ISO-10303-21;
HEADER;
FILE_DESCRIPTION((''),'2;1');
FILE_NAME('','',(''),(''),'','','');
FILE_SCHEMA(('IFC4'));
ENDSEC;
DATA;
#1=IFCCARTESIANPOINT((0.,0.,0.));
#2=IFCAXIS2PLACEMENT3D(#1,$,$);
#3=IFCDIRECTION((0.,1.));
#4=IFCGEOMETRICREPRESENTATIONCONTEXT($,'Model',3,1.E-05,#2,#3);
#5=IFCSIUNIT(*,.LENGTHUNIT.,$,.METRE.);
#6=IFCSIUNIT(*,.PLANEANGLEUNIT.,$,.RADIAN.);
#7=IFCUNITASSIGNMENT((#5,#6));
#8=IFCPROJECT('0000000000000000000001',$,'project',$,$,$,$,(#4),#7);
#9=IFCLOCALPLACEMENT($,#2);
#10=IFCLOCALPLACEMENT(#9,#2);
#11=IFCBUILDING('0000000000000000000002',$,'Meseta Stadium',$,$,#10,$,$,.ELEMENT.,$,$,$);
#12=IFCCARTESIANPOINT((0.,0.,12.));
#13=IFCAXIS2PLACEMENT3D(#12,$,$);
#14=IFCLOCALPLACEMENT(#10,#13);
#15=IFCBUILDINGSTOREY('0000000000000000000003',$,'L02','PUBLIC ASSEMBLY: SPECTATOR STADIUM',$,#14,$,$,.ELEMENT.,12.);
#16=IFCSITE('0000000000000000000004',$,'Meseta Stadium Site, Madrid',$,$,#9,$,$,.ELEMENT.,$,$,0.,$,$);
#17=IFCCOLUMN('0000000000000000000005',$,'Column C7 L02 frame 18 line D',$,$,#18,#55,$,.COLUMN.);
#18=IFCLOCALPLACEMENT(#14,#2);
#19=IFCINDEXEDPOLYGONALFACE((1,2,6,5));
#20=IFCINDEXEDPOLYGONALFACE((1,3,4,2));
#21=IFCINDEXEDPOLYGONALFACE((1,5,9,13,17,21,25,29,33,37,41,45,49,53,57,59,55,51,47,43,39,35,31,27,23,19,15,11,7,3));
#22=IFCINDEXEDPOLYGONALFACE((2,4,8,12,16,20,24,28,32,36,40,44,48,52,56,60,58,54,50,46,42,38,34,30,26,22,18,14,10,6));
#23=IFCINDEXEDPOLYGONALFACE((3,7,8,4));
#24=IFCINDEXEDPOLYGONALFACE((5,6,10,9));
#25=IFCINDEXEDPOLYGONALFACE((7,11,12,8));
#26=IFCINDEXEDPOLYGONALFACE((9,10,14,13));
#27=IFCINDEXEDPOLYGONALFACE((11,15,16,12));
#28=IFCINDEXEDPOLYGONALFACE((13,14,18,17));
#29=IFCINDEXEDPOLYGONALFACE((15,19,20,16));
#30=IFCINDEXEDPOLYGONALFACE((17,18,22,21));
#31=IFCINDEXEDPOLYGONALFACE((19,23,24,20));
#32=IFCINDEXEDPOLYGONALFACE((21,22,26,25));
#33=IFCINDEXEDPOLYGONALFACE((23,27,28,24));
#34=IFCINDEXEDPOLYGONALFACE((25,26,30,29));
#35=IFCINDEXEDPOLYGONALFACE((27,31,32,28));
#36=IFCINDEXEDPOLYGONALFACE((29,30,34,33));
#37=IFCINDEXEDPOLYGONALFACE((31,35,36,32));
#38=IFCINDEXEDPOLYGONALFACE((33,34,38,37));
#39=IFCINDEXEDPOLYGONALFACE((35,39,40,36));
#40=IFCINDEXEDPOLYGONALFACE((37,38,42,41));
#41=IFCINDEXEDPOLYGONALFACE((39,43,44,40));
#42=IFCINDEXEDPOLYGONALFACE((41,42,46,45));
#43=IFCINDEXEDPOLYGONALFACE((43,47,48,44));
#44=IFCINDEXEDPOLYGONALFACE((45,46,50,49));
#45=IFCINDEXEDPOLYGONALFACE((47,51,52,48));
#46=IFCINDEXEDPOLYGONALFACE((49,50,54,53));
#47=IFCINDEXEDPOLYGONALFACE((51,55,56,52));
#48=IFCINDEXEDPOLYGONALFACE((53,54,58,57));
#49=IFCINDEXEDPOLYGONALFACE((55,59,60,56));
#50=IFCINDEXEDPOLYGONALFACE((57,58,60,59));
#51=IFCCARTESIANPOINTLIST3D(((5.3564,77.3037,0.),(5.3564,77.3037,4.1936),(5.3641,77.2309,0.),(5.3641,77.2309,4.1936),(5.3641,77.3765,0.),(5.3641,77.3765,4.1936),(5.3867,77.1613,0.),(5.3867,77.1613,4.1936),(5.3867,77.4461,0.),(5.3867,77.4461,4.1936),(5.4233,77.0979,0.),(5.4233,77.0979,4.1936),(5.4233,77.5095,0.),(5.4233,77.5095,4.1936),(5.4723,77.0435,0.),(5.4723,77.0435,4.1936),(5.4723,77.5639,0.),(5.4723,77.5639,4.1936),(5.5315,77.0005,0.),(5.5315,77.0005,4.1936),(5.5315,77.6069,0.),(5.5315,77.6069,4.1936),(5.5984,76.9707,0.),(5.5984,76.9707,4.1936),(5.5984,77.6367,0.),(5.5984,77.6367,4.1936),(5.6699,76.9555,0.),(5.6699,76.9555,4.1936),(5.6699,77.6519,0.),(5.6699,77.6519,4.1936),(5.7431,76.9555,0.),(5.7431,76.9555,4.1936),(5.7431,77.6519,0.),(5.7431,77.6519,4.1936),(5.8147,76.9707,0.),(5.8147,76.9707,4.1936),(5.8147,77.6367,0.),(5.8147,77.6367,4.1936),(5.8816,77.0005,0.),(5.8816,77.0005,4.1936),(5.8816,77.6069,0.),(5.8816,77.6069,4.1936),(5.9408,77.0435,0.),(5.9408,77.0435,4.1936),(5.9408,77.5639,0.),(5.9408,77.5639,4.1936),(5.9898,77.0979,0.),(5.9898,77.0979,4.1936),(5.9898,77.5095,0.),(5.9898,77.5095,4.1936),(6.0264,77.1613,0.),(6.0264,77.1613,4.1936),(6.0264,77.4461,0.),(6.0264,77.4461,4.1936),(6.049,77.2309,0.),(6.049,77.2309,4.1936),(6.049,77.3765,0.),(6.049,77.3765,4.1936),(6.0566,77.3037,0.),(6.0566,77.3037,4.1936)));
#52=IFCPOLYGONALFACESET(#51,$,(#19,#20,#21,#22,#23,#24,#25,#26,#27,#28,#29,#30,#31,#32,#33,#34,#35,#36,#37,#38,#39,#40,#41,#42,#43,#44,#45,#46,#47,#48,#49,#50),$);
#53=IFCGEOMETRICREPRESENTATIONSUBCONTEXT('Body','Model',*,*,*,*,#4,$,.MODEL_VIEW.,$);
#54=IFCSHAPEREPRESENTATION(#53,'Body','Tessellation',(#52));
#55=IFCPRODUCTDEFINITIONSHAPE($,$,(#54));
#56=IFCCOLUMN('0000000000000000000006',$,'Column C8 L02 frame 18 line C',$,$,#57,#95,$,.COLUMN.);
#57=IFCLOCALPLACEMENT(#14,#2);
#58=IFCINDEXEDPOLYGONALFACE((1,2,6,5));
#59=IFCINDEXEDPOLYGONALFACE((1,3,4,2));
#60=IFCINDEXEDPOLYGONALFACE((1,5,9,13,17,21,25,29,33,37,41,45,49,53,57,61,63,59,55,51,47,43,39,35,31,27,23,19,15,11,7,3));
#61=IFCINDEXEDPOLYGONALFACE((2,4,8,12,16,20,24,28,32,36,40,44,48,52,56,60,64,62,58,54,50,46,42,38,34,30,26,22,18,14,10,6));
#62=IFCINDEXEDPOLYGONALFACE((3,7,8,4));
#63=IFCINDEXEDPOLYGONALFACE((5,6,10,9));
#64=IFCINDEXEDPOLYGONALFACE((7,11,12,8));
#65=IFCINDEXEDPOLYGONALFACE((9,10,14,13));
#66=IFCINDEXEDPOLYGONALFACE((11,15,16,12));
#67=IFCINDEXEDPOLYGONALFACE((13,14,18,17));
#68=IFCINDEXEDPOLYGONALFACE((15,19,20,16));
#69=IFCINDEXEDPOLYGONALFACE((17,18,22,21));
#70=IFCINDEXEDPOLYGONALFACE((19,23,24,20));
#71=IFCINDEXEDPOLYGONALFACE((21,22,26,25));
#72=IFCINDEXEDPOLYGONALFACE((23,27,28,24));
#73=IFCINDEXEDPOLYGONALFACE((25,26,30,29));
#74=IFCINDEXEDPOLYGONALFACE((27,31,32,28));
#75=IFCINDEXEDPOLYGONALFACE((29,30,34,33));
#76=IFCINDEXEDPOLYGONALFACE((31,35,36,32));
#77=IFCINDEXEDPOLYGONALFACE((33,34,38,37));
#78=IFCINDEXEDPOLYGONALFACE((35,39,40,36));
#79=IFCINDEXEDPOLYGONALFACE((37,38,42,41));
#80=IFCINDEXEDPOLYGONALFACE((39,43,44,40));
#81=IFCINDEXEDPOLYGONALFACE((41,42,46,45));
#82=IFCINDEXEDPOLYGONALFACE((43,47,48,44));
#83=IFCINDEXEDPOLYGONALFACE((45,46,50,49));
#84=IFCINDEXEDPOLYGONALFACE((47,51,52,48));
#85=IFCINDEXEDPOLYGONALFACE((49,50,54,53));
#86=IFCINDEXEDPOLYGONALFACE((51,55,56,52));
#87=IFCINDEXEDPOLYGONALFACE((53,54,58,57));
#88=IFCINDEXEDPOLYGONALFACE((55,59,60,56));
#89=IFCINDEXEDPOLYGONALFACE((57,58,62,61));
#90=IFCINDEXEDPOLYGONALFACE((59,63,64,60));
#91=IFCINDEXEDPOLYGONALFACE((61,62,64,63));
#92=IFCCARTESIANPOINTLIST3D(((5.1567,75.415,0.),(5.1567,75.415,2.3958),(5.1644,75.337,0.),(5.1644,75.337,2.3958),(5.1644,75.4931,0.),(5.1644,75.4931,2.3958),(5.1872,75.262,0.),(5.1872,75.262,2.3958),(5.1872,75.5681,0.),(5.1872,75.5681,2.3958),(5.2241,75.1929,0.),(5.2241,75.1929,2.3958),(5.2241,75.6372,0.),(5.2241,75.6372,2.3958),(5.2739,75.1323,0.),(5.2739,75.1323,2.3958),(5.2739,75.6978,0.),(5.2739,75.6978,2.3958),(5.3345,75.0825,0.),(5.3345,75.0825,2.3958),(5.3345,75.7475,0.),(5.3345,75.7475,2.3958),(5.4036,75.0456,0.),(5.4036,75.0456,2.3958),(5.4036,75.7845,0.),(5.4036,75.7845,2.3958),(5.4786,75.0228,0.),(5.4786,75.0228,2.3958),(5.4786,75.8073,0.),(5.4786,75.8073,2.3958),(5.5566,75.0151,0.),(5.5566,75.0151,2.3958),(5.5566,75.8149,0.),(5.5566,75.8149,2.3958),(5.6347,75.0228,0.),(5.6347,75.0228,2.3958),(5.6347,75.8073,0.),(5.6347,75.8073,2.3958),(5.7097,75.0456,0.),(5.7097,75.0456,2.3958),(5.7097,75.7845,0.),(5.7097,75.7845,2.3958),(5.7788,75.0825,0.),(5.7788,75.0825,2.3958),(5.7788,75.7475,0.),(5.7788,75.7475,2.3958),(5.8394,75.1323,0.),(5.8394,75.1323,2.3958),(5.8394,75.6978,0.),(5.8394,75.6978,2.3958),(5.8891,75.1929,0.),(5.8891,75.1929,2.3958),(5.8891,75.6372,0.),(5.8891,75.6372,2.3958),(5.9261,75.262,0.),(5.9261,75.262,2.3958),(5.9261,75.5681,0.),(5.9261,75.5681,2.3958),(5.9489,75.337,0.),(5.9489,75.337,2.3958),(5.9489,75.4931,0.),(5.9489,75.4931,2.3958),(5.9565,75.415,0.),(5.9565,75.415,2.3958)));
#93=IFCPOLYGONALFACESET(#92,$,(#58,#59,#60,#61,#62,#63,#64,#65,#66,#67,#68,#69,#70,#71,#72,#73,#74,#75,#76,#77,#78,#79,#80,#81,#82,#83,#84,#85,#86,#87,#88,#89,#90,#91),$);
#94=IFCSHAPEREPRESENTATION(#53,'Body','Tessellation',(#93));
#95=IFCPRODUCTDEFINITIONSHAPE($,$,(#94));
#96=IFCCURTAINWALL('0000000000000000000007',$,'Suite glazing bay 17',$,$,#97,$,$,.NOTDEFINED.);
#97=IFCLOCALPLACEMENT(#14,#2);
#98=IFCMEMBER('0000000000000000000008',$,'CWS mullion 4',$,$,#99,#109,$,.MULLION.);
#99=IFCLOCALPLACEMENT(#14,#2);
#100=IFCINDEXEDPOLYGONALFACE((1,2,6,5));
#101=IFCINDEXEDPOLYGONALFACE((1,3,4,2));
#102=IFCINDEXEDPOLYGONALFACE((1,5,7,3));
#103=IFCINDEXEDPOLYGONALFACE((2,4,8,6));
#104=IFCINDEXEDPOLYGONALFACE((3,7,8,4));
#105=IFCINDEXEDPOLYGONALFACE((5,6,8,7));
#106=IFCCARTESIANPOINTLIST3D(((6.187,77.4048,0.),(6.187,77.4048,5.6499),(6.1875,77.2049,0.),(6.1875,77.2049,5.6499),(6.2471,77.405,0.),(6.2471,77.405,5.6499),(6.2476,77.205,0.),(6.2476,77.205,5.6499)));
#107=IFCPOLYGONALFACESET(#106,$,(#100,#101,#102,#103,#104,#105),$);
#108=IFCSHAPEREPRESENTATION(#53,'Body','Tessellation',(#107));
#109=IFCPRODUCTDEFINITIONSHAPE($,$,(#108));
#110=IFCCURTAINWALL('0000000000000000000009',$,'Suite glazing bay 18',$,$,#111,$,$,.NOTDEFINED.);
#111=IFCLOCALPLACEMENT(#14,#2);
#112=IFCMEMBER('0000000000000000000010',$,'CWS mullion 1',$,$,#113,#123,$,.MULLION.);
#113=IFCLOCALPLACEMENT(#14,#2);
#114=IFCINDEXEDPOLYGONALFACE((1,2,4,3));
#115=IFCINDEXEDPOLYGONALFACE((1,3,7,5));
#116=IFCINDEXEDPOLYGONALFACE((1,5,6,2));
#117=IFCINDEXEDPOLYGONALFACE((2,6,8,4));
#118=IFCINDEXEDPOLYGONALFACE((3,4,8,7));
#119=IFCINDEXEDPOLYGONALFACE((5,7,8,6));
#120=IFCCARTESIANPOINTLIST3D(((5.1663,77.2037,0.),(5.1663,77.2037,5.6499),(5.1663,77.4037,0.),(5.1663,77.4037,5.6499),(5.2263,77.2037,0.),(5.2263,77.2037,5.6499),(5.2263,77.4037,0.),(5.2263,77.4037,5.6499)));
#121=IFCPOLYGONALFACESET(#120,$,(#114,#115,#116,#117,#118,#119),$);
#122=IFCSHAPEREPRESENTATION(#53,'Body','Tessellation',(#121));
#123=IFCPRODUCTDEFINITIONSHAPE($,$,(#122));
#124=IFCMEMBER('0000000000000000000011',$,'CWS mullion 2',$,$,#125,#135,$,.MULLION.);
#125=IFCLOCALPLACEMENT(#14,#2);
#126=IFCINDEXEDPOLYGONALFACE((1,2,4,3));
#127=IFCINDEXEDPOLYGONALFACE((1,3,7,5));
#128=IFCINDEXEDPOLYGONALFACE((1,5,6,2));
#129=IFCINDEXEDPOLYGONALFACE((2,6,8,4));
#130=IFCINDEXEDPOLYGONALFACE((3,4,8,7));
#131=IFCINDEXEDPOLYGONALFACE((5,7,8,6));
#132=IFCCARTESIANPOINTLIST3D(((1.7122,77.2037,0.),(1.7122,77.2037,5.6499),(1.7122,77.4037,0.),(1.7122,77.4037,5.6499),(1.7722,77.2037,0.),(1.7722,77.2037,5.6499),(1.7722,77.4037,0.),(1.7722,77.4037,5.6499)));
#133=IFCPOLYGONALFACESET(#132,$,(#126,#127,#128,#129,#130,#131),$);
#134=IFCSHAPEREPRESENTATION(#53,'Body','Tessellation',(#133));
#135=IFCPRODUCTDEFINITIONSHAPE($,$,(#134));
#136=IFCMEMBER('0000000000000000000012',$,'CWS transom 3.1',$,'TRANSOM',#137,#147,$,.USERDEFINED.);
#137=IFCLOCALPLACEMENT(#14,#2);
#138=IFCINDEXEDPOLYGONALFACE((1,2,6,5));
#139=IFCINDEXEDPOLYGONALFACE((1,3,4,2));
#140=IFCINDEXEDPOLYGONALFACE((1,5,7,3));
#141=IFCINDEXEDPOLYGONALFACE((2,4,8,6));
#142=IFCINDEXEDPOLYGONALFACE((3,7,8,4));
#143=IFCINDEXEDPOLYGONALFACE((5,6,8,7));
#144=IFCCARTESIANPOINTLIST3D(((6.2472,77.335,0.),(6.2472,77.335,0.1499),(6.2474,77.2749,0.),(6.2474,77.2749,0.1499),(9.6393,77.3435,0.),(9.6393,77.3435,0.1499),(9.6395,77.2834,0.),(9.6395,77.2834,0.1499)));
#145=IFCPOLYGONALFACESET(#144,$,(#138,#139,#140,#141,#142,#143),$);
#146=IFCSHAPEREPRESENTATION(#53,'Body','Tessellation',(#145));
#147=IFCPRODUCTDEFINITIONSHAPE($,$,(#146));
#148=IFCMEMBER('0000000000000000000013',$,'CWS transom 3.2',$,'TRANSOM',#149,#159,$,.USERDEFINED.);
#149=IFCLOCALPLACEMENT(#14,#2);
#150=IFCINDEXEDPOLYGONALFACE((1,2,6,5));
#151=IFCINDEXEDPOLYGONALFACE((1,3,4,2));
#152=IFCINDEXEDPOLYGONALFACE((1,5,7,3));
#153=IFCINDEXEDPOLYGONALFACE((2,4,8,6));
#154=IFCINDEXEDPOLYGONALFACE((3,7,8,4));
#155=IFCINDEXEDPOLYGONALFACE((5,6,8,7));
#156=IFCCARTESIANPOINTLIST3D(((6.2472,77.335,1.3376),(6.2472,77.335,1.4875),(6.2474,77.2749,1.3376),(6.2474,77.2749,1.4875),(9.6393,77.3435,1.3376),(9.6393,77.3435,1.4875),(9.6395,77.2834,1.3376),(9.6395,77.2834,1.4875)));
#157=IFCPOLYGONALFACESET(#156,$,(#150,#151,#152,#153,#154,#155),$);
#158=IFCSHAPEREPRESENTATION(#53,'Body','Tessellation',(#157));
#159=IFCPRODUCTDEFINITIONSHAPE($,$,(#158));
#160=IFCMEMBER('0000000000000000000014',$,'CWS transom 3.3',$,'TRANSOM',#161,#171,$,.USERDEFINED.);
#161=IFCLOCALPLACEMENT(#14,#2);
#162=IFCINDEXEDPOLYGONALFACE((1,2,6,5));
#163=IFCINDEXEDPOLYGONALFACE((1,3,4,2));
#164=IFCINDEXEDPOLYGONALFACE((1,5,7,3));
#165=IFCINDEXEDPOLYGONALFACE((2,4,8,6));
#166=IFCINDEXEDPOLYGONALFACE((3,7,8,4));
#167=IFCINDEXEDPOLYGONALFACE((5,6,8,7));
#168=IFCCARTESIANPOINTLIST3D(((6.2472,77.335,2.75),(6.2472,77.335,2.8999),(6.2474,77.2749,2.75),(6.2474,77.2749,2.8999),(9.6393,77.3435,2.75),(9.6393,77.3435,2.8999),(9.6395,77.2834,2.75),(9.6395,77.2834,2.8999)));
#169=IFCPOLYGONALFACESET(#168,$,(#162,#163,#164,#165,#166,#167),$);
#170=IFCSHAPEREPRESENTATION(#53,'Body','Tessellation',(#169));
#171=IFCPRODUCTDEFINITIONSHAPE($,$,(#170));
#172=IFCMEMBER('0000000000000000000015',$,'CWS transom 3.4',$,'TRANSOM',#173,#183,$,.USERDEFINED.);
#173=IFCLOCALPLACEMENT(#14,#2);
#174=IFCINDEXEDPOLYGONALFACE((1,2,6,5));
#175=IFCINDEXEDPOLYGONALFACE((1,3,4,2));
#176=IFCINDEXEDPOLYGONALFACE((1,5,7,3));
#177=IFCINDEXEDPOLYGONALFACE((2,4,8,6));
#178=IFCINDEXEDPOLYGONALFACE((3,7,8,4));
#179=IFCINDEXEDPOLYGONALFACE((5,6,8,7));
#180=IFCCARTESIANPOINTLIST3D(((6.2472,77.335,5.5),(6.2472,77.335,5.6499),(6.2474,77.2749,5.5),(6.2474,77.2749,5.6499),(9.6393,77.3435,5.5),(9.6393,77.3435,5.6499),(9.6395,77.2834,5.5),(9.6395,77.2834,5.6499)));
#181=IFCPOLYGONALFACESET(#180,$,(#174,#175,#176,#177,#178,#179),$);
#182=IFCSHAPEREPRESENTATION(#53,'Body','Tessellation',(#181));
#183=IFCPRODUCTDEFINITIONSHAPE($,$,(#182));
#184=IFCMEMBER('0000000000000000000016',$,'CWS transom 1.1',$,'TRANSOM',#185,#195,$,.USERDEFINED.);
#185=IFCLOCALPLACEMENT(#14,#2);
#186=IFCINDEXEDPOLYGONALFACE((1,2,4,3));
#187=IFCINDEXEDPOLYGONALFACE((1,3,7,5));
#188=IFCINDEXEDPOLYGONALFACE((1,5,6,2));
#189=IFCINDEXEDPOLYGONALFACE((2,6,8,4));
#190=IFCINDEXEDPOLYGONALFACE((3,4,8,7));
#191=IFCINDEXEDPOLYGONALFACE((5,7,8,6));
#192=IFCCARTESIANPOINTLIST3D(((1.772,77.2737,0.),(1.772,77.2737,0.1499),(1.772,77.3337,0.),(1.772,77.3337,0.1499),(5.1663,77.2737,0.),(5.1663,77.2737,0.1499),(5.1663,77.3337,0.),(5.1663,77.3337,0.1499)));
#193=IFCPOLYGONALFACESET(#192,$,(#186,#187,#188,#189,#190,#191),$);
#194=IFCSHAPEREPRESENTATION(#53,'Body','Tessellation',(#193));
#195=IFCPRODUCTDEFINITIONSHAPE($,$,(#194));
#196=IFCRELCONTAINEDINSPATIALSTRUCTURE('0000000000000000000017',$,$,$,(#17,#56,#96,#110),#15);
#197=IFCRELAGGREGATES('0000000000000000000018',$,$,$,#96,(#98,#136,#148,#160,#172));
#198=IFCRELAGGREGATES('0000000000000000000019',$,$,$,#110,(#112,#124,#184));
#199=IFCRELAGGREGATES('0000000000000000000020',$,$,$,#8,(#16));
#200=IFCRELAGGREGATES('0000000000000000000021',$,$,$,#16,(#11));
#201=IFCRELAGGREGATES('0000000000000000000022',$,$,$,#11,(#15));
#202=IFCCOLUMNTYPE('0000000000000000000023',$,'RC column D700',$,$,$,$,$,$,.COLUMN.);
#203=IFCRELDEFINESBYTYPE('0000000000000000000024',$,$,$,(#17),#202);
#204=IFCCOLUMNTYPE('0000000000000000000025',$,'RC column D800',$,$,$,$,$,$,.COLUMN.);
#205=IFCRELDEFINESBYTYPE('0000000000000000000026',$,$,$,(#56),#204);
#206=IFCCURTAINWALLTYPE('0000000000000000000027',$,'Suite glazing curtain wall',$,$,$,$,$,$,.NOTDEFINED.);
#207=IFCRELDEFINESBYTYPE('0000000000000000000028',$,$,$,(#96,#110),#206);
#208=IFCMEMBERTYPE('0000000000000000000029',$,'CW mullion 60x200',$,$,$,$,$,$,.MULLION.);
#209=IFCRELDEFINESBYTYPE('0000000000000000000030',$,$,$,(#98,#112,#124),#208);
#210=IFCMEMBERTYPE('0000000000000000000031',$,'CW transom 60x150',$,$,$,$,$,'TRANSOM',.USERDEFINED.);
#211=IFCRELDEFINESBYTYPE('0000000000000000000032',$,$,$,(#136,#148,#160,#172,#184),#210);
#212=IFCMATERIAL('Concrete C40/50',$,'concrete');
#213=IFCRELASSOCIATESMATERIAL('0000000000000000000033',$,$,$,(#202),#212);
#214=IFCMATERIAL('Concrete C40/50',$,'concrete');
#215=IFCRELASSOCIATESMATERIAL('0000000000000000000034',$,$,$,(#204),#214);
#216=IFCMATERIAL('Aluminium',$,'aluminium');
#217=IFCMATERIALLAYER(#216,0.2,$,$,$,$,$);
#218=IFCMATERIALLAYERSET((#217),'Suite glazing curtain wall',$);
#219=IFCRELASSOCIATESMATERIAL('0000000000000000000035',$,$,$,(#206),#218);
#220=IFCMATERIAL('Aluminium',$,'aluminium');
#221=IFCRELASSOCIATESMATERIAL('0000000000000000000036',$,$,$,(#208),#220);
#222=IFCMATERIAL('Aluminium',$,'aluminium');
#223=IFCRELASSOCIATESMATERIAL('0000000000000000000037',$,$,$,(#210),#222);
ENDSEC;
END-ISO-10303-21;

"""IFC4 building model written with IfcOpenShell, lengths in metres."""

from ifc_helpers import new_model, si_unit, direction, frame, origin, origin_2d, place, context, subcontext, project, spatial, rectangle, circle, extrude, material, layer, layer_set, material_profile, profile_set, type_object, element, aggregate, save


model = new_model("IFC4")

# Units and contexts
model_context = context("Model", 3, precision=1e-05, world=origin(), true_north=direction((0.0, 1.0)))
body_context = subcontext(model_context, "Body", "Model", "MODEL_VIEW")
ifc_project = project(units=[si_unit("LENGTHUNIT", "METRE"), si_unit("PLANEANGLEUNIT", "RADIAN")], contexts=[model_context])

# Site, building, storey
site_placement = place(None, origin())
site = spatial("IfcSite", under=ifc_project, at=site_placement, Name="Meseta Stadium Site, Madrid", CompositionType="ELEMENT", RefElevation=0.0)
building_placement = place(site_placement, origin())
building = spatial("IfcBuilding", under=site, at=building_placement, Name="Meseta Stadium", CompositionType="ELEMENT")
storey_placement = place(building_placement, frame((0.0, 0.0, 12.0)))
storey = spatial("IfcBuildingStorey", under=building, at=storey_placement, Name="L02", Description="PUBLIC ASSEMBLY: SPECTATOR STADIUM", CompositionType="ELEMENT", Elevation=12.0)

# Columns
ifc_material_1 = material(Name="Concrete C40/50", Category="concrete")
ifc_material_profile_1 = material_profile(ifc_material_1, circle(Radius=0.3501, at=origin_2d()), Name="RC D700")
ifc_profile_set_1 = profile_set([ifc_material_profile_1], Name="Concrete C40/50")
column_type_1 = type_object("IfcColumnType", Name="RC column D700", PredefinedType="COLUMN", material=ifc_profile_set_1)
column_1_placement = place(storey_placement, frame((5.7065, 77.3037, 0.0), z_axis=(0.0, 0.0, 1.0), x_axis=(1.0, 0.0, 0.0)))
element("IfcColumn", 1, at=column_1_placement, inside=storey, type_object=column_type_1, Name="Column C7 L02 frame 18 line D", PredefinedType="COLUMN", context=body_context, shape_type="SweptSolid", body=[
    extrude(circle(Radius=0.3501, at=origin_2d()), origin(), (0.0, 0.0, 1.0), 4.1936),
])
ifc_material_2 = material(Name="Concrete C40/50", Category="concrete")
ifc_material_profile_2 = material_profile(ifc_material_2, circle(Radius=0.3999, at=origin_2d()), Name="RC D800")
ifc_profile_set_2 = profile_set([ifc_material_profile_2], Name="Concrete C40/50")
column_type_2 = type_object("IfcColumnType", Name="RC column D800", PredefinedType="COLUMN", material=ifc_profile_set_2)
column_2_placement = place(storey_placement, frame((5.5566, 75.415, 0.0), z_axis=(0.0, 0.0, 1.0), x_axis=(1.0, 0.0, 0.0)))
element("IfcColumn", 2, at=column_2_placement, inside=storey, type_object=column_type_2, Name="Column C8 L02 frame 18 line C", PredefinedType="COLUMN", context=body_context, shape_type="SweptSolid", body=[
    extrude(circle(Radius=0.3999, at=origin_2d()), origin(), (0.0, 0.0, 1.0), 2.3958),
])

# Curtain wall, member
ifc_material_3 = material(Name="Aluminium", Category="aluminium")
ifc_layer_1 = layer(ifc_material_3, 0.2)
ifc_layer_set_1 = layer_set([ifc_layer_1], Name="Suite glazing curtain wall")
curtain_wall_type = type_object("IfcCurtainWallType", Name="Suite glazing curtain wall", PredefinedType="NOTDEFINED", material=ifc_layer_set_1)
curtain_wall_1_placement = place(storey_placement, origin())
curtain_wall_1 = element("IfcCurtainWall", 3, at=curtain_wall_1_placement, inside=storey, type_object=curtain_wall_type, Name="Suite glazing bay 17", PredefinedType="NOTDEFINED")
ifc_material_4 = material(Name="Aluminium", Category="aluminium")
ifc_material_profile_3 = material_profile(ifc_material_4, rectangle(XDim=0.2, YDim=0.0601, at=origin_2d()), Name="CW 200x60")
ifc_profile_set_3 = profile_set([ifc_material_profile_3], Name="Aluminium")
member_type_1 = type_object("IfcMemberType", Name="CW mullion 60x200", PredefinedType="MULLION", material=ifc_profile_set_3)
member_1_placement = place(storey_placement, frame((6.2173, 77.3049, 0.0), z_axis=(0.0, 0.0, 1.0), x_axis=(0.002486, -0.999997, 0.0)))
member_1 = element("IfcMember", 4, at=member_1_placement, type_object=member_type_1, Name="CWS mullion 4", PredefinedType="MULLION", context=body_context, shape_type="SweptSolid", body=[
    extrude(rectangle(XDim=0.2, YDim=0.0601, at=origin_2d()), origin(), (0.0, 0.0, 1.0), 5.6499),
])

# Curtain wall, members
curtain_wall_2_placement = place(storey_placement, origin())
curtain_wall_2 = element("IfcCurtainWall", 5, at=curtain_wall_2_placement, inside=storey, type_object=curtain_wall_type, Name="Suite glazing bay 18", PredefinedType="NOTDEFINED")
member_2_placement = place(storey_placement, frame((5.1963, 77.3037, 0.0), z_axis=(0.0, 0.0, 1.0), x_axis=(0.0, -1.0, 0.0)))
member_2 = element("IfcMember", 6, at=member_2_placement, type_object=member_type_1, Name="CWS mullion 1", PredefinedType="MULLION", context=body_context, shape_type="SweptSolid", body=[
    extrude(rectangle(XDim=0.2, YDim=0.0601, at=origin_2d()), origin(), (0.0, 0.0, 1.0), 5.6499),
])
member_3_placement = place(storey_placement, frame((1.7422, 77.3037, 0.0), z_axis=(0.0, 0.0, 1.0), x_axis=(0.0, -1.0, 0.0)))
member_3 = element("IfcMember", 7, at=member_3_placement, type_object=member_type_1, Name="CWS mullion 2", PredefinedType="MULLION", context=body_context, shape_type="SweptSolid", body=[
    extrude(rectangle(XDim=0.2, YDim=0.0601, at=origin_2d()), origin(), (0.0, 0.0, 1.0), 5.6499),
])

# Members
ifc_material_5 = material(Name="Aluminium", Category="aluminium")
ifc_material_profile_4 = material_profile(ifc_material_5, rectangle(XDim=0.0601, YDim=0.1499, at=origin_2d()), Name="CW 60x150")
ifc_profile_set_4 = profile_set([ifc_material_profile_4], Name="Aluminium")
member_type_2 = type_object("IfcMemberType", Name="CW transom 60x150", ElementType="TRANSOM", PredefinedType="USERDEFINED", material=ifc_profile_set_4)
member_4_placement = place(storey_placement, frame((9.6394, 77.3135, 0.075), z_axis=(-0.999997, -0.002519, 0.0), x_axis=(0.002519, -0.999997, 0.0)))
member_4 = element("IfcMember", 8, at=member_4_placement, type_object=member_type_2, Name="CWS transom 3.1", ObjectType="TRANSOM", PredefinedType="USERDEFINED", context=body_context, shape_type="SweptSolid", body=[
    extrude(rectangle(XDim=0.0601, YDim=0.1499, at=origin_2d()), origin(), (0.0, 0.0, 1.0), 3.3921),
])
member_5_placement = place(storey_placement, frame((9.6394, 77.3135, 1.4126), z_axis=(-0.999997, -0.002519, 0.0), x_axis=(0.002519, -0.999997, 0.0)))
member_5 = element("IfcMember", 9, at=member_5_placement, type_object=member_type_2, Name="CWS transom 3.2", ObjectType="TRANSOM", PredefinedType="USERDEFINED", context=body_context, shape_type="SweptSolid", body=[
    extrude(rectangle(XDim=0.0601, YDim=0.1499, at=origin_2d()), origin(), (0.0, 0.0, 1.0), 3.3921),
])
member_6_placement = place(storey_placement, frame((9.6394, 77.3135, 2.825), z_axis=(-0.999997, -0.002519, 0.0), x_axis=(0.002519, -0.999997, 0.0)))
member_6 = element("IfcMember", 10, at=member_6_placement, type_object=member_type_2, Name="CWS transom 3.3", ObjectType="TRANSOM", PredefinedType="USERDEFINED", context=body_context, shape_type="SweptSolid", body=[
    extrude(rectangle(XDim=0.0601, YDim=0.1499, at=origin_2d()), origin(), (0.0, 0.0, 1.0), 3.3921),
])
member_7_placement = place(storey_placement, frame((9.6394, 77.3135, 5.575), z_axis=(-0.999997, -0.002519, 0.0), x_axis=(0.002519, -0.999997, 0.0)))
member_7 = element("IfcMember", 11, at=member_7_placement, type_object=member_type_2, Name="CWS transom 3.4", ObjectType="TRANSOM", PredefinedType="USERDEFINED", context=body_context, shape_type="SweptSolid", body=[
    extrude(rectangle(XDim=0.0601, YDim=0.1499, at=origin_2d()), origin(), (0.0, 0.0, 1.0), 3.3921),
])
member_8_placement = place(storey_placement, frame((5.1663, 77.3037, 0.075), z_axis=(-1.0, 0.0, 0.0), x_axis=(0.0, -1.0, 0.0)))
member_8 = element("IfcMember", 12, at=member_8_placement, type_object=member_type_2, Name="CWS transom 1.1", ObjectType="TRANSOM", PredefinedType="USERDEFINED", context=body_context, shape_type="SweptSolid", body=[
    extrude(rectangle(XDim=0.0601, YDim=0.1499, at=origin_2d()), origin(), (0.0, 0.0, 1.0), 3.3943),
])

aggregate(curtain_wall_1, [member_1, member_4, member_5, member_6, member_7])
aggregate(curtain_wall_2, [member_2, member_3, member_8])

save(model, "model.ifc")
